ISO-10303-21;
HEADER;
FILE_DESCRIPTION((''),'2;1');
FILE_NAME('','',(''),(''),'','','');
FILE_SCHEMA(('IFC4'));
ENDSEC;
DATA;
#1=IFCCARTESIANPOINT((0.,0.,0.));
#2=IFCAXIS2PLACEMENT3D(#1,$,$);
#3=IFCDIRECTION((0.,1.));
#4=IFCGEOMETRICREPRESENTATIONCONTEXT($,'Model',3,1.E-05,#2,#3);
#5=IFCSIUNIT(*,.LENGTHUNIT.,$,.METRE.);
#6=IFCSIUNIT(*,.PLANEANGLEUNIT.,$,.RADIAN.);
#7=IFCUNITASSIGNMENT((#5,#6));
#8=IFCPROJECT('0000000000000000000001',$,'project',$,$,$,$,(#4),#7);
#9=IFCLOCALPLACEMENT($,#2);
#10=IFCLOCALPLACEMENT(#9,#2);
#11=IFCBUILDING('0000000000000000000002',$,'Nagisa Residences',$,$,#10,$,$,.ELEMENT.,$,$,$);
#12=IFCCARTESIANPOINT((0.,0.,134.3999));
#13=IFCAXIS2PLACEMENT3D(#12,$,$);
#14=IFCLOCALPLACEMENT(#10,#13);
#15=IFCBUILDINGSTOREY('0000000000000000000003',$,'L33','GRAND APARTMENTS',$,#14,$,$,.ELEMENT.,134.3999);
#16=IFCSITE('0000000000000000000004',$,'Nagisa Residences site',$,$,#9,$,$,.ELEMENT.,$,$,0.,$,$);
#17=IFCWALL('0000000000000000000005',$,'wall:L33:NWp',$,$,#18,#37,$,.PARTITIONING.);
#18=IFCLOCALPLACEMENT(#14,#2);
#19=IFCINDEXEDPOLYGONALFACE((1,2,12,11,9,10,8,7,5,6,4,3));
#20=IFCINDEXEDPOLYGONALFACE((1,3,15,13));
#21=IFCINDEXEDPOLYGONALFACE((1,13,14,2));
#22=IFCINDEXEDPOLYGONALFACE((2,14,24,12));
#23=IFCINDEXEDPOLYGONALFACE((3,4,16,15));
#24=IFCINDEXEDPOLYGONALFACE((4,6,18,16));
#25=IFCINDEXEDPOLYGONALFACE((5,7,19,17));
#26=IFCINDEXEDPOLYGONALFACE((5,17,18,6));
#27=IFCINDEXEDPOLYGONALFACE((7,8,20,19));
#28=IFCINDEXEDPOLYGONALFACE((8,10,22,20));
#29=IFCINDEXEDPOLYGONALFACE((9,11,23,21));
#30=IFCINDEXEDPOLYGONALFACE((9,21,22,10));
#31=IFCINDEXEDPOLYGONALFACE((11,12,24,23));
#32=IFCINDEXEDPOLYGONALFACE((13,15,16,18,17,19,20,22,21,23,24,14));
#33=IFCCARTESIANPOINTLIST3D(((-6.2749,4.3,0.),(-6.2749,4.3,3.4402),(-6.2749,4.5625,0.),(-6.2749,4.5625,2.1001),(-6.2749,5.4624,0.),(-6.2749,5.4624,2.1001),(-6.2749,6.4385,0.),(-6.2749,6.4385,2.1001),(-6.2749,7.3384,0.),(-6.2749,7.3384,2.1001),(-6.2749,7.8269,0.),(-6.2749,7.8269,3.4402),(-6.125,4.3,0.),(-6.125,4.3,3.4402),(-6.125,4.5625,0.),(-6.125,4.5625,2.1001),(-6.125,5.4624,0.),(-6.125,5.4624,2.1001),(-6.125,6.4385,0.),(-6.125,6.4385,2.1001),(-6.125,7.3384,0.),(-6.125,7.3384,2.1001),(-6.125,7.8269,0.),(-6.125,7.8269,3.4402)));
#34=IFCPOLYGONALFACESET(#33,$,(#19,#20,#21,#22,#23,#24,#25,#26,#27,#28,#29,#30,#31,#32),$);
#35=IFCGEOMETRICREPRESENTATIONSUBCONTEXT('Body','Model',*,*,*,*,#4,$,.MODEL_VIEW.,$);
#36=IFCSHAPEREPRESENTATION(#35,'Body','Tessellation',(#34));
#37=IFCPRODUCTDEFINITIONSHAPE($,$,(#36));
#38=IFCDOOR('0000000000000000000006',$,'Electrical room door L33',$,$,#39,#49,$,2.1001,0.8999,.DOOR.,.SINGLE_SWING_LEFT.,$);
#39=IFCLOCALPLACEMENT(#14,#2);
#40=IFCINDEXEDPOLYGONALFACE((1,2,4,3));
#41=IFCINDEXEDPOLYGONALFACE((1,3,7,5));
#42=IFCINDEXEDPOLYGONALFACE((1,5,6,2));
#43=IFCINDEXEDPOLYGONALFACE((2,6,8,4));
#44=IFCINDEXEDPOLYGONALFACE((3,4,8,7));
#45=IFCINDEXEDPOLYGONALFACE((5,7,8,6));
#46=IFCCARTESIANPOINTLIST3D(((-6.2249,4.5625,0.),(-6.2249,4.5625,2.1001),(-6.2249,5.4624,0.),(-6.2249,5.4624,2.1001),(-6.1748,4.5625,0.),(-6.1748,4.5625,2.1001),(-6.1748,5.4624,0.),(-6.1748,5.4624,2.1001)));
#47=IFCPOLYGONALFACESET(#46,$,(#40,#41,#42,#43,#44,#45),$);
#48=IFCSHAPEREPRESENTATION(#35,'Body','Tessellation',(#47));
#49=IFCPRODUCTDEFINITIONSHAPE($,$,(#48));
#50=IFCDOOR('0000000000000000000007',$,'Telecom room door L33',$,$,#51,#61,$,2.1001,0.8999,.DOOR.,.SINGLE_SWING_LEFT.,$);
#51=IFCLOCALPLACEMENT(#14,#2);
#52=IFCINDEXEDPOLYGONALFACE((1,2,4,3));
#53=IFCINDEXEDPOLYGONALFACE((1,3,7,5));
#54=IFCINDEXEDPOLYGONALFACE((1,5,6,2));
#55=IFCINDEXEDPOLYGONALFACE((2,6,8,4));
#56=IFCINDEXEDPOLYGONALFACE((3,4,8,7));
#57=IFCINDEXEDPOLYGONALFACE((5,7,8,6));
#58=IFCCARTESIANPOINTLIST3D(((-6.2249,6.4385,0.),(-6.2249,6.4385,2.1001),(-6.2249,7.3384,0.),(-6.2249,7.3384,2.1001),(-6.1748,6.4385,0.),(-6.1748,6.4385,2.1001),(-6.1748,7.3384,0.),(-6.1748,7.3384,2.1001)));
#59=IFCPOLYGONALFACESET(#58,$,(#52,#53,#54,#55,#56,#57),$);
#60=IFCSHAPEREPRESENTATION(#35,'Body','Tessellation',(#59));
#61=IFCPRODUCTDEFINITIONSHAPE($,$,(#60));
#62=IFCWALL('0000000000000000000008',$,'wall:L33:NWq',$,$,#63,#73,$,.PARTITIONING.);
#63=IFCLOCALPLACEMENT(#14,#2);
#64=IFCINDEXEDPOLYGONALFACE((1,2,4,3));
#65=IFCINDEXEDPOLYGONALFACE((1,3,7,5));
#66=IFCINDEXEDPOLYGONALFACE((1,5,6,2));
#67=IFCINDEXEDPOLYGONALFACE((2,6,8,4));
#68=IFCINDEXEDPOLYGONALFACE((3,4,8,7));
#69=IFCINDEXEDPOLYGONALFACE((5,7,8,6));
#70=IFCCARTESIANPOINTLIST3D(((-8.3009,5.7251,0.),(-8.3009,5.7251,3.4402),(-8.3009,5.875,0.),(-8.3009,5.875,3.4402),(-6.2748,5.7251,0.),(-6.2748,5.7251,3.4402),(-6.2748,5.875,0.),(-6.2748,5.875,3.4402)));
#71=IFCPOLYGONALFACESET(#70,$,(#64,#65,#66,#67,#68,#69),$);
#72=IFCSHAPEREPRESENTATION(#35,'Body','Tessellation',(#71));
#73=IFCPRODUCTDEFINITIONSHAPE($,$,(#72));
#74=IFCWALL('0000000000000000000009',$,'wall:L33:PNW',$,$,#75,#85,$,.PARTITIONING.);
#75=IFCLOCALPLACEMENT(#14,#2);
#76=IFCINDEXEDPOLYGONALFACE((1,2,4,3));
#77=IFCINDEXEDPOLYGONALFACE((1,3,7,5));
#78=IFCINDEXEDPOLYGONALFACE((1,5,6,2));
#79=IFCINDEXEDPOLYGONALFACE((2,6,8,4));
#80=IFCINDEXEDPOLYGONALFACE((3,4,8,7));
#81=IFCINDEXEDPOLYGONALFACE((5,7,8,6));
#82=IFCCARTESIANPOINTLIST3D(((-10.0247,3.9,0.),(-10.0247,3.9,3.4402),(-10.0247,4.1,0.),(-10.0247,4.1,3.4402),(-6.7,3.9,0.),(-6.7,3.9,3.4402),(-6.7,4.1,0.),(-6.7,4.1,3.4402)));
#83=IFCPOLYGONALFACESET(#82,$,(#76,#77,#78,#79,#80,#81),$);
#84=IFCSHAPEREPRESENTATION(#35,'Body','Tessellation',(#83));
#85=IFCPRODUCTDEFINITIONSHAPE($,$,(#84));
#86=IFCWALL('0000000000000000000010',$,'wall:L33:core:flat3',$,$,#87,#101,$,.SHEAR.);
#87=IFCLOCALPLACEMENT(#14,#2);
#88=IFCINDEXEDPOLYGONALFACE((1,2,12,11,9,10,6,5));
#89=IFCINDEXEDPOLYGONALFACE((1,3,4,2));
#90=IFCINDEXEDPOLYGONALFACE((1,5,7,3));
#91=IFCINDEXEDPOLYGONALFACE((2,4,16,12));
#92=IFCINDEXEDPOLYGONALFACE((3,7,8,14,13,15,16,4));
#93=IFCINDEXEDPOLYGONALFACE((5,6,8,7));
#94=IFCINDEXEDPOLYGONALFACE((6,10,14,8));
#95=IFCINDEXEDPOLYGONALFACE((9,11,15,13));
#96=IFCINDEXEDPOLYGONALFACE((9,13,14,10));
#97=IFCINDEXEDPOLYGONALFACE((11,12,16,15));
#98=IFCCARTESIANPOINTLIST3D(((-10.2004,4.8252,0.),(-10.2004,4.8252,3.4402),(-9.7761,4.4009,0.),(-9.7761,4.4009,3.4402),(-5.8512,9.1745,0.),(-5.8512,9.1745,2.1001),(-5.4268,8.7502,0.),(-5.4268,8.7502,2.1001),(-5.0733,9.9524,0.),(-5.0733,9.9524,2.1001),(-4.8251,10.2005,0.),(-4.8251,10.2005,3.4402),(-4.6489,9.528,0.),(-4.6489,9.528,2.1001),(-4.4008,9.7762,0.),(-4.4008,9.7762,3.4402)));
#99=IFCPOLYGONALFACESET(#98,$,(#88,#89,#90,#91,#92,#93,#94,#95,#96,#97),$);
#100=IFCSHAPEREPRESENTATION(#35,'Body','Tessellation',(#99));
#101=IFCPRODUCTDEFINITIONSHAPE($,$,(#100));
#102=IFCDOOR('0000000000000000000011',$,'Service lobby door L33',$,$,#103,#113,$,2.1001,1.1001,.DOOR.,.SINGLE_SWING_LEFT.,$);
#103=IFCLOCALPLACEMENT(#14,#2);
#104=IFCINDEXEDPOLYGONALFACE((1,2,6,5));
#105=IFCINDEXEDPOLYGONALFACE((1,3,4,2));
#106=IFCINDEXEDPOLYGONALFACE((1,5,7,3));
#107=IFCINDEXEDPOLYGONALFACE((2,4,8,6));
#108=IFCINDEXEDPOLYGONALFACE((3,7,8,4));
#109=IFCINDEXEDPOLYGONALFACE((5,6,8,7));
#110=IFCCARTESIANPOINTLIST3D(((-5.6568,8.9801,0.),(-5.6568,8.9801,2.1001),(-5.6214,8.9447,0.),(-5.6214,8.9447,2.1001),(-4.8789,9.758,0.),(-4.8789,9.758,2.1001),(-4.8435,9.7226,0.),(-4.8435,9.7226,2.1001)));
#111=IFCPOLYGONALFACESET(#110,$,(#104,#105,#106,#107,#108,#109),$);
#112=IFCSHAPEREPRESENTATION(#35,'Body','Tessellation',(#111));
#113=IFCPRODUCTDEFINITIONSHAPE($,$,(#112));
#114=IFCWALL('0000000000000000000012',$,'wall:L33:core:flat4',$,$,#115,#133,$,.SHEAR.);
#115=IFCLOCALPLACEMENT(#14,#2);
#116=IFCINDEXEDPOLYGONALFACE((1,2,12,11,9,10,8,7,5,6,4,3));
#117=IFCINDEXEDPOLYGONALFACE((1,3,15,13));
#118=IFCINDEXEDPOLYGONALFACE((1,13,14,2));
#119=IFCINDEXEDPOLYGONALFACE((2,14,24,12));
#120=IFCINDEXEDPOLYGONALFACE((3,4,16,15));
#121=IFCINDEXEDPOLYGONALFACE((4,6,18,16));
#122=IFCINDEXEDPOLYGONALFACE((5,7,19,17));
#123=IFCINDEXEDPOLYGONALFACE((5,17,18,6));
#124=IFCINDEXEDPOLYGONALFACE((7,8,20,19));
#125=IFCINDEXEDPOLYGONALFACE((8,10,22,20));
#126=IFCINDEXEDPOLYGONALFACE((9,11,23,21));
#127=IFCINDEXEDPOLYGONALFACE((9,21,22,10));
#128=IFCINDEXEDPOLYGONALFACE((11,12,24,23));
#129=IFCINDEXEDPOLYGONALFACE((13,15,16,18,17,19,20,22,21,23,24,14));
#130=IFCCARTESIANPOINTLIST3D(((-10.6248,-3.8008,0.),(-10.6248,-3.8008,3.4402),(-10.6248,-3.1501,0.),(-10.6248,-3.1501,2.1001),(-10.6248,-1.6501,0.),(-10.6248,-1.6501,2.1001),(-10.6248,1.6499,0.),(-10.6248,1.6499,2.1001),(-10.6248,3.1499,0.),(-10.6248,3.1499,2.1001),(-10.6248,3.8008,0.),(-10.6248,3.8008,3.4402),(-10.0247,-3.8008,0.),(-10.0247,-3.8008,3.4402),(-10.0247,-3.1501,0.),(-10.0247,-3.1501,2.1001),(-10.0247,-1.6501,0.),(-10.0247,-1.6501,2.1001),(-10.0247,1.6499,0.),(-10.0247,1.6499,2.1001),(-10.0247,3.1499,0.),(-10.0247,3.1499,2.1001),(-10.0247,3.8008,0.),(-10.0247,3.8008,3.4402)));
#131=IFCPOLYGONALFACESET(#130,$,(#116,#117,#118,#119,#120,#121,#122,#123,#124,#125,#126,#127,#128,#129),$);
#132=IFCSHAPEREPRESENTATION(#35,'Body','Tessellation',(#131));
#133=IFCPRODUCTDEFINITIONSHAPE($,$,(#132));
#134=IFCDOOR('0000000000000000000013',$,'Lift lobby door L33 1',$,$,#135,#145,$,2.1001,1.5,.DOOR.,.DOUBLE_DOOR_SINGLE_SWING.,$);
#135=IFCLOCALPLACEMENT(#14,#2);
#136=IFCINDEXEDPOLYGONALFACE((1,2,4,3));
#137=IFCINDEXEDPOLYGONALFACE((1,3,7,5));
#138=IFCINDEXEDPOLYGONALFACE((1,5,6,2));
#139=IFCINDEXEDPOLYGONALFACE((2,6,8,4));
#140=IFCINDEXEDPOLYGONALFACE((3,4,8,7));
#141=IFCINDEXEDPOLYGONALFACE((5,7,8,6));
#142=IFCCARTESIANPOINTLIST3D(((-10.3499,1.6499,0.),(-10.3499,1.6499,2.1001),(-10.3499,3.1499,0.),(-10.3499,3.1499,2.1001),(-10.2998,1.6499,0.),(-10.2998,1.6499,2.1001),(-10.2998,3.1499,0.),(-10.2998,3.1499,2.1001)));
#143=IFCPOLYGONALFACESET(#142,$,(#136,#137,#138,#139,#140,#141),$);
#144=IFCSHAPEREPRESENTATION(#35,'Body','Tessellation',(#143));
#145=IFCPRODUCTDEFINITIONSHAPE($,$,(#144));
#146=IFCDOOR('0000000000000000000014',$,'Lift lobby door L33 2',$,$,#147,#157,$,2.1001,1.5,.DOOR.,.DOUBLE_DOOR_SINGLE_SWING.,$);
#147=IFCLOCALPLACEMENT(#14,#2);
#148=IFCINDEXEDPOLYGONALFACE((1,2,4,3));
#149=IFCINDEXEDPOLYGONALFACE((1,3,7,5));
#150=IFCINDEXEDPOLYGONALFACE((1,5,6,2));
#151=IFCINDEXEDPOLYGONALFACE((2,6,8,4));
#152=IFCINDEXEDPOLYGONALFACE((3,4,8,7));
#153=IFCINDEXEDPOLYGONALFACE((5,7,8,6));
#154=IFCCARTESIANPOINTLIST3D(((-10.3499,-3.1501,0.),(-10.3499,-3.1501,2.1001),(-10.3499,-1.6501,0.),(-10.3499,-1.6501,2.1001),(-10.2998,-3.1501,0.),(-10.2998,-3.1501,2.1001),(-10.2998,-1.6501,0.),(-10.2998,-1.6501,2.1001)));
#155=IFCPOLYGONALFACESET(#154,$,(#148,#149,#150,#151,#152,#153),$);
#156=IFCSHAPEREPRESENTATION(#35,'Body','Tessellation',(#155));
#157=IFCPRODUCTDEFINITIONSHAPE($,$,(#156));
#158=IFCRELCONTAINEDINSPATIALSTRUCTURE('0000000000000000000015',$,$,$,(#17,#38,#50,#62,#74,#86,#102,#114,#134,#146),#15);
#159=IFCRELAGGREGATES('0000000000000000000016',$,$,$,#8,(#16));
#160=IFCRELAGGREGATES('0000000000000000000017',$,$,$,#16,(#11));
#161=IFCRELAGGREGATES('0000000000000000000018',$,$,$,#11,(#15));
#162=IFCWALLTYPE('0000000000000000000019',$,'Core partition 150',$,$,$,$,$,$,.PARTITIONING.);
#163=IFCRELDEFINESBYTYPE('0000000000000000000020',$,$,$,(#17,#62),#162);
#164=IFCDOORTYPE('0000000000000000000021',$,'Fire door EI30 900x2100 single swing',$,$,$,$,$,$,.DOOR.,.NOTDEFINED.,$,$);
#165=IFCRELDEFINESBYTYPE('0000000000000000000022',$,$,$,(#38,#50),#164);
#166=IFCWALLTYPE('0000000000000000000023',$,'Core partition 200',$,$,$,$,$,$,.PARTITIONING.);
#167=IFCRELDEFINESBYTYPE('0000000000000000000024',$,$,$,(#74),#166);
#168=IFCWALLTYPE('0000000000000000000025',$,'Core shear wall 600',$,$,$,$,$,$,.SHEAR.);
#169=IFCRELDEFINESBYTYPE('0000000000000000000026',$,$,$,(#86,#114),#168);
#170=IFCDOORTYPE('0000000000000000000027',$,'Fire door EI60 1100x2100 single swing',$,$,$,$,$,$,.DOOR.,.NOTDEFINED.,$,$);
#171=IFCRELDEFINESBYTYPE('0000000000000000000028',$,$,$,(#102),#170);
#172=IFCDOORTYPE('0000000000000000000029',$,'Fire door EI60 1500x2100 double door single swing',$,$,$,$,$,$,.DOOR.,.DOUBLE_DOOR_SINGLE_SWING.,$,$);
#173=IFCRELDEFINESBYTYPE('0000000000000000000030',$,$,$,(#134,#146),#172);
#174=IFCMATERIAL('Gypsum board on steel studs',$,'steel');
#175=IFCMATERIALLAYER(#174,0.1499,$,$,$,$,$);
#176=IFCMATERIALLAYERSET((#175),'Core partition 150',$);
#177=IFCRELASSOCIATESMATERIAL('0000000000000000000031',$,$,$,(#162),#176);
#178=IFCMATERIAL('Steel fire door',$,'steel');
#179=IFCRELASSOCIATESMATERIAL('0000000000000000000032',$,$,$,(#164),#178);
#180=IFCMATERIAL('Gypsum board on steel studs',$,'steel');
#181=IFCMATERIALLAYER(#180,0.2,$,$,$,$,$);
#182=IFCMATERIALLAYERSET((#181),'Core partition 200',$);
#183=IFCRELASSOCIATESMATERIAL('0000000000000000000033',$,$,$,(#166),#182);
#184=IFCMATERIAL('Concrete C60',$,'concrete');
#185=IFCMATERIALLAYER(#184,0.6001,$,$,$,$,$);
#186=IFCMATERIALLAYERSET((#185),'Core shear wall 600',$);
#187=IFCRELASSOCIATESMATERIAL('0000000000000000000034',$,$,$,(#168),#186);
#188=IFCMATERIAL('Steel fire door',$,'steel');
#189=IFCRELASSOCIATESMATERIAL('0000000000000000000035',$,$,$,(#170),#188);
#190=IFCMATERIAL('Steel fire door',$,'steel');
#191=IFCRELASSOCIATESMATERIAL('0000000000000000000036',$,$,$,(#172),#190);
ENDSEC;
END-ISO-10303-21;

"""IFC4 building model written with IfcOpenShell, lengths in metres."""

from ifc_helpers import new_model, si_unit, direction, frame, frame_2d, origin, place, context, subcontext, project, spatial, rectangle, extrude, material, layer, layer_set, type_object, element, fill, save


model = new_model("IFC4")

# Units and contexts
model_context = context("Model", 3, precision=1e-05, world=origin(), true_north=direction((0.0, 1.0)))
body_context = subcontext(model_context, "Body", "Model", "MODEL_VIEW")
ifc_project = project(units=[si_unit("LENGTHUNIT", "METRE"), si_unit("PLANEANGLEUNIT", "RADIAN")], contexts=[model_context])

# Site, building, storey
site_placement = place(None, origin())
site = spatial("IfcSite", under=ifc_project, at=site_placement, Name="Nagisa Residences site", CompositionType="ELEMENT", RefElevation=0.0)
building_placement = place(site_placement, origin())
building = spatial("IfcBuilding", under=site, at=building_placement, Name="Nagisa Residences", CompositionType="ELEMENT")
storey_placement = place(building_placement, frame((0.0, 0.0, 134.3999)))
storey = spatial("IfcBuildingStorey", under=building, at=storey_placement, Name="L33", Description="GRAND APARTMENTS", CompositionType="ELEMENT", Elevation=134.3999)

# Wall, openings, doors
ifc_material_1 = material(Name="Gypsum board on steel studs", Category="steel")
ifc_layer_1 = layer(ifc_material_1, 0.1499)
ifc_layer_set_1 = layer_set([ifc_layer_1], Name="Core partition 150")
wall_type_1 = type_object("IfcWallType", Name="Core partition 150", PredefinedType="PARTITIONING", material=ifc_layer_set_1)
wall_1_placement = place(storey_placement, frame((-6.2, 4.3, 0.0), z_axis=(0.0, 0.0, 1.0), x_axis=(0.0, 1.0, 0.0)))
wall_1 = element("IfcWall", 1, at=wall_1_placement, inside=storey, type_object=wall_type_1, Name="wall:L33:NWp", PredefinedType="PARTITIONING", context=body_context, shape_type="SweptSolid", body=[
    extrude(rectangle(XDim=3.5269, YDim=0.1499, at=frame_2d((1.7634, 0.0))), origin(), (0.0, 0.0, 1.0), 3.4402),
])
opening_1_placement = place(wall_1_placement, frame((0.2625, 0.0, 0.0)))
opening_1 = element("IfcOpeningElement", 2, at=opening_1_placement, cuts=wall_1, PredefinedType="OPENING", context=body_context, shape_type="SweptSolid", body=[
    extrude(rectangle(XDim=0.8999, YDim=2.1001, at=frame_2d((0.45, 1.05))), frame((0.0, 0.085, 0.0), z_axis=(0.0, -1.0, 0.0), x_axis=(1.0, 0.0, 0.0)), (0.0, 0.0, 1.0), 0.1699),
])
opening_2_placement = place(wall_1_placement, frame((2.1384, 0.0, 0.0)))
opening_2 = element("IfcOpeningElement", 3, at=opening_2_placement, cuts=wall_1, PredefinedType="OPENING", context=body_context, shape_type="SweptSolid", body=[
    extrude(rectangle(XDim=0.8999, YDim=2.1001, at=frame_2d((0.45, 1.05))), frame((0.0, 0.085, 0.0), z_axis=(0.0, -1.0, 0.0), x_axis=(1.0, 0.0, 0.0)), (0.0, 0.0, 1.0), 0.1699),
])
ifc_material_2 = material(Name="Steel fire door", Category="steel")
door_type_1 = type_object("IfcDoorType", Name="Fire door EI30 900x2100 single swing", OperationType="NOTDEFINED", PredefinedType="DOOR", material=ifc_material_2)
door_1_placement = place(opening_1_placement, origin())
door_1 = element("IfcDoor", 4, at=door_1_placement, inside=storey, type_object=door_type_1, Name="Electrical room door L33", OperationType="SINGLE_SWING_LEFT", OverallHeight=2.1001, OverallWidth=0.8999, PredefinedType="DOOR", context=body_context, shape_type="SweptSolid", body=[
    extrude(rectangle(XDim=0.8999, YDim=2.1001, at=frame_2d((0.45, 1.05))), frame((0.0, 0.0249, 0.0), z_axis=(0.0, -1.0, 0.0), x_axis=(1.0, 0.0, 0.0)), (0.0, 0.0, 1.0), 0.05),
])
fill(opening_1, door_1)
door_2_placement = place(opening_2_placement, origin())
door_2 = element("IfcDoor", 5, at=door_2_placement, inside=storey, type_object=door_type_1, Name="Telecom room door L33", OperationType="SINGLE_SWING_LEFT", OverallHeight=2.1001, OverallWidth=0.8999, PredefinedType="DOOR", context=body_context, shape_type="SweptSolid", body=[
    extrude(rectangle(XDim=0.8999, YDim=2.1001, at=frame_2d((0.45, 1.05))), frame((0.0, 0.0249, 0.0), z_axis=(0.0, -1.0, 0.0), x_axis=(1.0, 0.0, 0.0)), (0.0, 0.0, 1.0), 0.05),
])
fill(opening_2, door_2)

# Walls
wall_2_placement = place(storey_placement, frame((-8.301, 5.8, 0.0), z_axis=(0.0, 0.0, 1.0), x_axis=(1.0, 0.0, 0.0)))
element("IfcWall", 6, at=wall_2_placement, inside=storey, type_object=wall_type_1, Name="wall:L33:NWq", PredefinedType="PARTITIONING", context=body_context, shape_type="SweptSolid", body=[
    extrude(rectangle(XDim=2.0261, YDim=0.1499, at=frame_2d((1.0132, 0.0))), origin(), (0.0, 0.0, 1.0), 3.4402),
])
ifc_material_3 = material(Name="Gypsum board on steel studs", Category="steel")
ifc_layer_2 = layer(ifc_material_3, 0.2)
ifc_layer_set_2 = layer_set([ifc_layer_2], Name="Core partition 200")
wall_type_2 = type_object("IfcWallType", Name="Core partition 200", PredefinedType="PARTITIONING", material=ifc_layer_set_2)
wall_3_placement = place(storey_placement, frame((-10.0247, 4.0, 0.0), z_axis=(0.0, 0.0, 1.0), x_axis=(1.0, 0.0, 0.0)))
element("IfcWall", 7, at=wall_3_placement, inside=storey, type_object=wall_type_2, Name="wall:L33:PNW", PredefinedType="PARTITIONING", context=body_context, shape_type="SweptSolid", body=[
    extrude(rectangle(XDim=3.3247, YDim=0.2, at=frame_2d((1.6624, 0.0))), origin(), (0.0, 0.0, 1.0), 3.4402),
])

# Wall, opening, door
ifc_material_4 = material(Name="Concrete C60", Category="concrete")
ifc_layer_3 = layer(ifc_material_4, 0.6001)
ifc_layer_set_3 = layer_set([ifc_layer_3], Name="Core shear wall 600")
wall_type_3 = type_object("IfcWallType", Name="Core shear wall 600", PredefinedType="SHEAR", material=ifc_layer_set_3)
wall_4_placement = place(storey_placement, frame((-4.613, 9.9883, 0.0), z_axis=(0.0, 0.0, 1.0), x_axis=(-0.707107, -0.707107, 0.0)))
wall_4 = element("IfcWall", 8, at=wall_4_placement, inside=storey, type_object=wall_type_3, Name="wall:L33:core:flat3", PredefinedType="SHEAR", context=body_context, shape_type="SweptSolid", body=[
    extrude(rectangle(XDim=7.6018, YDim=0.6001, at=frame_2d((3.8008, 0.0))), origin(), (0.0, 0.0, 1.0), 3.4402),
])
opening_3_placement = place(wall_4_placement, frame((0.3508, 0.0, 0.0)))
opening_3 = element("IfcOpeningElement", 9, at=opening_3_placement, cuts=wall_4, PredefinedType="OPENING", context=body_context, shape_type="SweptSolid", body=[
    extrude(rectangle(XDim=1.1001, YDim=2.1001, at=frame_2d((0.55, 1.05))), frame((0.0, 0.3101, 0.0), z_axis=(0.0, -1.0, 0.0), x_axis=(1.0, 0.0, 0.0)), (0.0, 0.0, 1.0), 0.6201),
])
ifc_material_5 = material(Name="Steel fire door", Category="steel")
door_type_2 = type_object("IfcDoorType", Name="Fire door EI60 1100x2100 single swing", OperationType="NOTDEFINED", PredefinedType="DOOR", material=ifc_material_5)
door_3_placement = place(opening_3_placement, origin())
door_3 = element("IfcDoor", 10, at=door_3_placement, inside=storey, type_object=door_type_2, Name="Service lobby door L33", OperationType="SINGLE_SWING_LEFT", OverallHeight=2.1001, OverallWidth=1.1001, PredefinedType="DOOR", context=body_context, shape_type="SweptSolid", body=[
    extrude(rectangle(XDim=1.1001, YDim=2.1001, at=frame_2d((0.55, 1.05))), frame((0.0, 0.0249, 0.0), z_axis=(0.0, -1.0, 0.0), x_axis=(1.0, 0.0, 0.0)), (0.0, 0.0, 1.0), 0.05),
])
fill(opening_3, door_3)

# Wall, openings, doors
wall_5_placement = place(storey_placement, frame((-10.3247, 3.8008, 0.0), z_axis=(0.0, 0.0, 1.0), x_axis=(0.0, -1.0, 0.0)))
wall_5 = element("IfcWall", 11, at=wall_5_placement, inside=storey, type_object=wall_type_3, Name="wall:L33:core:flat4", PredefinedType="SHEAR", context=body_context, shape_type="SweptSolid", body=[
    extrude(rectangle(XDim=7.6016, YDim=0.6001, at=frame_2d((3.8008, 0.0))), origin(), (0.0, 0.0, 1.0), 3.4402),
])
opening_4_placement = place(wall_5_placement, frame((0.6509, 0.0, 0.0)))
opening_4 = element("IfcOpeningElement", 12, at=opening_4_placement, cuts=wall_5, PredefinedType="OPENING", context=body_context, shape_type="SweptSolid", body=[
    extrude(rectangle(XDim=1.5, YDim=2.1001, at=frame_2d((0.75, 1.05))), frame((0.0, 0.3101, 0.0), z_axis=(0.0, -1.0, 0.0), x_axis=(1.0, 0.0, 0.0)), (0.0, 0.0, 1.0), 0.6201),
])
opening_5_placement = place(wall_5_placement, frame((5.4509, 0.0, 0.0)))
opening_5 = element("IfcOpeningElement", 13, at=opening_5_placement, cuts=wall_5, PredefinedType="OPENING", context=body_context, shape_type="SweptSolid", body=[
    extrude(rectangle(XDim=1.5, YDim=2.1001, at=frame_2d((0.75, 1.05))), frame((0.0, 0.3101, 0.0), z_axis=(0.0, -1.0, 0.0), x_axis=(1.0, 0.0, 0.0)), (0.0, 0.0, 1.0), 0.6201),
])
ifc_material_6 = material(Name="Steel fire door", Category="steel")
door_type_3 = type_object("IfcDoorType", Name="Fire door EI60 1500x2100 double door single swing", OperationType="DOUBLE_DOOR_SINGLE_SWING", PredefinedType="DOOR", material=ifc_material_6)
door_4_placement = place(opening_4_placement, origin())
door_4 = element("IfcDoor", 14, at=door_4_placement, inside=storey, type_object=door_type_3, Name="Lift lobby door L33 1", OperationType="DOUBLE_DOOR_SINGLE_SWING", OverallHeight=2.1001, OverallWidth=1.5, PredefinedType="DOOR", context=body_context, shape_type="SweptSolid", body=[
    extrude(rectangle(XDim=1.5, YDim=2.1001, at=frame_2d((0.75, 1.05))), frame((0.0, 0.0249, 0.0), z_axis=(0.0, -1.0, 0.0), x_axis=(1.0, 0.0, 0.0)), (0.0, 0.0, 1.0), 0.05),
])
fill(opening_4, door_4)
door_5_placement = place(opening_5_placement, origin())
door_5 = element("IfcDoor", 15, at=door_5_placement, inside=storey, type_object=door_type_3, Name="Lift lobby door L33 2", OperationType="DOUBLE_DOOR_SINGLE_SWING", OverallHeight=2.1001, OverallWidth=1.5, PredefinedType="DOOR", context=body_context, shape_type="SweptSolid", body=[
    extrude(rectangle(XDim=1.5, YDim=2.1001, at=frame_2d((0.75, 1.05))), frame((0.0, 0.0249, 0.0), z_axis=(0.0, -1.0, 0.0), x_axis=(1.0, 0.0, 0.0)), (0.0, 0.0, 1.0), 0.05),
])
fill(opening_5, door_5)

save(model, "model.ifc")
